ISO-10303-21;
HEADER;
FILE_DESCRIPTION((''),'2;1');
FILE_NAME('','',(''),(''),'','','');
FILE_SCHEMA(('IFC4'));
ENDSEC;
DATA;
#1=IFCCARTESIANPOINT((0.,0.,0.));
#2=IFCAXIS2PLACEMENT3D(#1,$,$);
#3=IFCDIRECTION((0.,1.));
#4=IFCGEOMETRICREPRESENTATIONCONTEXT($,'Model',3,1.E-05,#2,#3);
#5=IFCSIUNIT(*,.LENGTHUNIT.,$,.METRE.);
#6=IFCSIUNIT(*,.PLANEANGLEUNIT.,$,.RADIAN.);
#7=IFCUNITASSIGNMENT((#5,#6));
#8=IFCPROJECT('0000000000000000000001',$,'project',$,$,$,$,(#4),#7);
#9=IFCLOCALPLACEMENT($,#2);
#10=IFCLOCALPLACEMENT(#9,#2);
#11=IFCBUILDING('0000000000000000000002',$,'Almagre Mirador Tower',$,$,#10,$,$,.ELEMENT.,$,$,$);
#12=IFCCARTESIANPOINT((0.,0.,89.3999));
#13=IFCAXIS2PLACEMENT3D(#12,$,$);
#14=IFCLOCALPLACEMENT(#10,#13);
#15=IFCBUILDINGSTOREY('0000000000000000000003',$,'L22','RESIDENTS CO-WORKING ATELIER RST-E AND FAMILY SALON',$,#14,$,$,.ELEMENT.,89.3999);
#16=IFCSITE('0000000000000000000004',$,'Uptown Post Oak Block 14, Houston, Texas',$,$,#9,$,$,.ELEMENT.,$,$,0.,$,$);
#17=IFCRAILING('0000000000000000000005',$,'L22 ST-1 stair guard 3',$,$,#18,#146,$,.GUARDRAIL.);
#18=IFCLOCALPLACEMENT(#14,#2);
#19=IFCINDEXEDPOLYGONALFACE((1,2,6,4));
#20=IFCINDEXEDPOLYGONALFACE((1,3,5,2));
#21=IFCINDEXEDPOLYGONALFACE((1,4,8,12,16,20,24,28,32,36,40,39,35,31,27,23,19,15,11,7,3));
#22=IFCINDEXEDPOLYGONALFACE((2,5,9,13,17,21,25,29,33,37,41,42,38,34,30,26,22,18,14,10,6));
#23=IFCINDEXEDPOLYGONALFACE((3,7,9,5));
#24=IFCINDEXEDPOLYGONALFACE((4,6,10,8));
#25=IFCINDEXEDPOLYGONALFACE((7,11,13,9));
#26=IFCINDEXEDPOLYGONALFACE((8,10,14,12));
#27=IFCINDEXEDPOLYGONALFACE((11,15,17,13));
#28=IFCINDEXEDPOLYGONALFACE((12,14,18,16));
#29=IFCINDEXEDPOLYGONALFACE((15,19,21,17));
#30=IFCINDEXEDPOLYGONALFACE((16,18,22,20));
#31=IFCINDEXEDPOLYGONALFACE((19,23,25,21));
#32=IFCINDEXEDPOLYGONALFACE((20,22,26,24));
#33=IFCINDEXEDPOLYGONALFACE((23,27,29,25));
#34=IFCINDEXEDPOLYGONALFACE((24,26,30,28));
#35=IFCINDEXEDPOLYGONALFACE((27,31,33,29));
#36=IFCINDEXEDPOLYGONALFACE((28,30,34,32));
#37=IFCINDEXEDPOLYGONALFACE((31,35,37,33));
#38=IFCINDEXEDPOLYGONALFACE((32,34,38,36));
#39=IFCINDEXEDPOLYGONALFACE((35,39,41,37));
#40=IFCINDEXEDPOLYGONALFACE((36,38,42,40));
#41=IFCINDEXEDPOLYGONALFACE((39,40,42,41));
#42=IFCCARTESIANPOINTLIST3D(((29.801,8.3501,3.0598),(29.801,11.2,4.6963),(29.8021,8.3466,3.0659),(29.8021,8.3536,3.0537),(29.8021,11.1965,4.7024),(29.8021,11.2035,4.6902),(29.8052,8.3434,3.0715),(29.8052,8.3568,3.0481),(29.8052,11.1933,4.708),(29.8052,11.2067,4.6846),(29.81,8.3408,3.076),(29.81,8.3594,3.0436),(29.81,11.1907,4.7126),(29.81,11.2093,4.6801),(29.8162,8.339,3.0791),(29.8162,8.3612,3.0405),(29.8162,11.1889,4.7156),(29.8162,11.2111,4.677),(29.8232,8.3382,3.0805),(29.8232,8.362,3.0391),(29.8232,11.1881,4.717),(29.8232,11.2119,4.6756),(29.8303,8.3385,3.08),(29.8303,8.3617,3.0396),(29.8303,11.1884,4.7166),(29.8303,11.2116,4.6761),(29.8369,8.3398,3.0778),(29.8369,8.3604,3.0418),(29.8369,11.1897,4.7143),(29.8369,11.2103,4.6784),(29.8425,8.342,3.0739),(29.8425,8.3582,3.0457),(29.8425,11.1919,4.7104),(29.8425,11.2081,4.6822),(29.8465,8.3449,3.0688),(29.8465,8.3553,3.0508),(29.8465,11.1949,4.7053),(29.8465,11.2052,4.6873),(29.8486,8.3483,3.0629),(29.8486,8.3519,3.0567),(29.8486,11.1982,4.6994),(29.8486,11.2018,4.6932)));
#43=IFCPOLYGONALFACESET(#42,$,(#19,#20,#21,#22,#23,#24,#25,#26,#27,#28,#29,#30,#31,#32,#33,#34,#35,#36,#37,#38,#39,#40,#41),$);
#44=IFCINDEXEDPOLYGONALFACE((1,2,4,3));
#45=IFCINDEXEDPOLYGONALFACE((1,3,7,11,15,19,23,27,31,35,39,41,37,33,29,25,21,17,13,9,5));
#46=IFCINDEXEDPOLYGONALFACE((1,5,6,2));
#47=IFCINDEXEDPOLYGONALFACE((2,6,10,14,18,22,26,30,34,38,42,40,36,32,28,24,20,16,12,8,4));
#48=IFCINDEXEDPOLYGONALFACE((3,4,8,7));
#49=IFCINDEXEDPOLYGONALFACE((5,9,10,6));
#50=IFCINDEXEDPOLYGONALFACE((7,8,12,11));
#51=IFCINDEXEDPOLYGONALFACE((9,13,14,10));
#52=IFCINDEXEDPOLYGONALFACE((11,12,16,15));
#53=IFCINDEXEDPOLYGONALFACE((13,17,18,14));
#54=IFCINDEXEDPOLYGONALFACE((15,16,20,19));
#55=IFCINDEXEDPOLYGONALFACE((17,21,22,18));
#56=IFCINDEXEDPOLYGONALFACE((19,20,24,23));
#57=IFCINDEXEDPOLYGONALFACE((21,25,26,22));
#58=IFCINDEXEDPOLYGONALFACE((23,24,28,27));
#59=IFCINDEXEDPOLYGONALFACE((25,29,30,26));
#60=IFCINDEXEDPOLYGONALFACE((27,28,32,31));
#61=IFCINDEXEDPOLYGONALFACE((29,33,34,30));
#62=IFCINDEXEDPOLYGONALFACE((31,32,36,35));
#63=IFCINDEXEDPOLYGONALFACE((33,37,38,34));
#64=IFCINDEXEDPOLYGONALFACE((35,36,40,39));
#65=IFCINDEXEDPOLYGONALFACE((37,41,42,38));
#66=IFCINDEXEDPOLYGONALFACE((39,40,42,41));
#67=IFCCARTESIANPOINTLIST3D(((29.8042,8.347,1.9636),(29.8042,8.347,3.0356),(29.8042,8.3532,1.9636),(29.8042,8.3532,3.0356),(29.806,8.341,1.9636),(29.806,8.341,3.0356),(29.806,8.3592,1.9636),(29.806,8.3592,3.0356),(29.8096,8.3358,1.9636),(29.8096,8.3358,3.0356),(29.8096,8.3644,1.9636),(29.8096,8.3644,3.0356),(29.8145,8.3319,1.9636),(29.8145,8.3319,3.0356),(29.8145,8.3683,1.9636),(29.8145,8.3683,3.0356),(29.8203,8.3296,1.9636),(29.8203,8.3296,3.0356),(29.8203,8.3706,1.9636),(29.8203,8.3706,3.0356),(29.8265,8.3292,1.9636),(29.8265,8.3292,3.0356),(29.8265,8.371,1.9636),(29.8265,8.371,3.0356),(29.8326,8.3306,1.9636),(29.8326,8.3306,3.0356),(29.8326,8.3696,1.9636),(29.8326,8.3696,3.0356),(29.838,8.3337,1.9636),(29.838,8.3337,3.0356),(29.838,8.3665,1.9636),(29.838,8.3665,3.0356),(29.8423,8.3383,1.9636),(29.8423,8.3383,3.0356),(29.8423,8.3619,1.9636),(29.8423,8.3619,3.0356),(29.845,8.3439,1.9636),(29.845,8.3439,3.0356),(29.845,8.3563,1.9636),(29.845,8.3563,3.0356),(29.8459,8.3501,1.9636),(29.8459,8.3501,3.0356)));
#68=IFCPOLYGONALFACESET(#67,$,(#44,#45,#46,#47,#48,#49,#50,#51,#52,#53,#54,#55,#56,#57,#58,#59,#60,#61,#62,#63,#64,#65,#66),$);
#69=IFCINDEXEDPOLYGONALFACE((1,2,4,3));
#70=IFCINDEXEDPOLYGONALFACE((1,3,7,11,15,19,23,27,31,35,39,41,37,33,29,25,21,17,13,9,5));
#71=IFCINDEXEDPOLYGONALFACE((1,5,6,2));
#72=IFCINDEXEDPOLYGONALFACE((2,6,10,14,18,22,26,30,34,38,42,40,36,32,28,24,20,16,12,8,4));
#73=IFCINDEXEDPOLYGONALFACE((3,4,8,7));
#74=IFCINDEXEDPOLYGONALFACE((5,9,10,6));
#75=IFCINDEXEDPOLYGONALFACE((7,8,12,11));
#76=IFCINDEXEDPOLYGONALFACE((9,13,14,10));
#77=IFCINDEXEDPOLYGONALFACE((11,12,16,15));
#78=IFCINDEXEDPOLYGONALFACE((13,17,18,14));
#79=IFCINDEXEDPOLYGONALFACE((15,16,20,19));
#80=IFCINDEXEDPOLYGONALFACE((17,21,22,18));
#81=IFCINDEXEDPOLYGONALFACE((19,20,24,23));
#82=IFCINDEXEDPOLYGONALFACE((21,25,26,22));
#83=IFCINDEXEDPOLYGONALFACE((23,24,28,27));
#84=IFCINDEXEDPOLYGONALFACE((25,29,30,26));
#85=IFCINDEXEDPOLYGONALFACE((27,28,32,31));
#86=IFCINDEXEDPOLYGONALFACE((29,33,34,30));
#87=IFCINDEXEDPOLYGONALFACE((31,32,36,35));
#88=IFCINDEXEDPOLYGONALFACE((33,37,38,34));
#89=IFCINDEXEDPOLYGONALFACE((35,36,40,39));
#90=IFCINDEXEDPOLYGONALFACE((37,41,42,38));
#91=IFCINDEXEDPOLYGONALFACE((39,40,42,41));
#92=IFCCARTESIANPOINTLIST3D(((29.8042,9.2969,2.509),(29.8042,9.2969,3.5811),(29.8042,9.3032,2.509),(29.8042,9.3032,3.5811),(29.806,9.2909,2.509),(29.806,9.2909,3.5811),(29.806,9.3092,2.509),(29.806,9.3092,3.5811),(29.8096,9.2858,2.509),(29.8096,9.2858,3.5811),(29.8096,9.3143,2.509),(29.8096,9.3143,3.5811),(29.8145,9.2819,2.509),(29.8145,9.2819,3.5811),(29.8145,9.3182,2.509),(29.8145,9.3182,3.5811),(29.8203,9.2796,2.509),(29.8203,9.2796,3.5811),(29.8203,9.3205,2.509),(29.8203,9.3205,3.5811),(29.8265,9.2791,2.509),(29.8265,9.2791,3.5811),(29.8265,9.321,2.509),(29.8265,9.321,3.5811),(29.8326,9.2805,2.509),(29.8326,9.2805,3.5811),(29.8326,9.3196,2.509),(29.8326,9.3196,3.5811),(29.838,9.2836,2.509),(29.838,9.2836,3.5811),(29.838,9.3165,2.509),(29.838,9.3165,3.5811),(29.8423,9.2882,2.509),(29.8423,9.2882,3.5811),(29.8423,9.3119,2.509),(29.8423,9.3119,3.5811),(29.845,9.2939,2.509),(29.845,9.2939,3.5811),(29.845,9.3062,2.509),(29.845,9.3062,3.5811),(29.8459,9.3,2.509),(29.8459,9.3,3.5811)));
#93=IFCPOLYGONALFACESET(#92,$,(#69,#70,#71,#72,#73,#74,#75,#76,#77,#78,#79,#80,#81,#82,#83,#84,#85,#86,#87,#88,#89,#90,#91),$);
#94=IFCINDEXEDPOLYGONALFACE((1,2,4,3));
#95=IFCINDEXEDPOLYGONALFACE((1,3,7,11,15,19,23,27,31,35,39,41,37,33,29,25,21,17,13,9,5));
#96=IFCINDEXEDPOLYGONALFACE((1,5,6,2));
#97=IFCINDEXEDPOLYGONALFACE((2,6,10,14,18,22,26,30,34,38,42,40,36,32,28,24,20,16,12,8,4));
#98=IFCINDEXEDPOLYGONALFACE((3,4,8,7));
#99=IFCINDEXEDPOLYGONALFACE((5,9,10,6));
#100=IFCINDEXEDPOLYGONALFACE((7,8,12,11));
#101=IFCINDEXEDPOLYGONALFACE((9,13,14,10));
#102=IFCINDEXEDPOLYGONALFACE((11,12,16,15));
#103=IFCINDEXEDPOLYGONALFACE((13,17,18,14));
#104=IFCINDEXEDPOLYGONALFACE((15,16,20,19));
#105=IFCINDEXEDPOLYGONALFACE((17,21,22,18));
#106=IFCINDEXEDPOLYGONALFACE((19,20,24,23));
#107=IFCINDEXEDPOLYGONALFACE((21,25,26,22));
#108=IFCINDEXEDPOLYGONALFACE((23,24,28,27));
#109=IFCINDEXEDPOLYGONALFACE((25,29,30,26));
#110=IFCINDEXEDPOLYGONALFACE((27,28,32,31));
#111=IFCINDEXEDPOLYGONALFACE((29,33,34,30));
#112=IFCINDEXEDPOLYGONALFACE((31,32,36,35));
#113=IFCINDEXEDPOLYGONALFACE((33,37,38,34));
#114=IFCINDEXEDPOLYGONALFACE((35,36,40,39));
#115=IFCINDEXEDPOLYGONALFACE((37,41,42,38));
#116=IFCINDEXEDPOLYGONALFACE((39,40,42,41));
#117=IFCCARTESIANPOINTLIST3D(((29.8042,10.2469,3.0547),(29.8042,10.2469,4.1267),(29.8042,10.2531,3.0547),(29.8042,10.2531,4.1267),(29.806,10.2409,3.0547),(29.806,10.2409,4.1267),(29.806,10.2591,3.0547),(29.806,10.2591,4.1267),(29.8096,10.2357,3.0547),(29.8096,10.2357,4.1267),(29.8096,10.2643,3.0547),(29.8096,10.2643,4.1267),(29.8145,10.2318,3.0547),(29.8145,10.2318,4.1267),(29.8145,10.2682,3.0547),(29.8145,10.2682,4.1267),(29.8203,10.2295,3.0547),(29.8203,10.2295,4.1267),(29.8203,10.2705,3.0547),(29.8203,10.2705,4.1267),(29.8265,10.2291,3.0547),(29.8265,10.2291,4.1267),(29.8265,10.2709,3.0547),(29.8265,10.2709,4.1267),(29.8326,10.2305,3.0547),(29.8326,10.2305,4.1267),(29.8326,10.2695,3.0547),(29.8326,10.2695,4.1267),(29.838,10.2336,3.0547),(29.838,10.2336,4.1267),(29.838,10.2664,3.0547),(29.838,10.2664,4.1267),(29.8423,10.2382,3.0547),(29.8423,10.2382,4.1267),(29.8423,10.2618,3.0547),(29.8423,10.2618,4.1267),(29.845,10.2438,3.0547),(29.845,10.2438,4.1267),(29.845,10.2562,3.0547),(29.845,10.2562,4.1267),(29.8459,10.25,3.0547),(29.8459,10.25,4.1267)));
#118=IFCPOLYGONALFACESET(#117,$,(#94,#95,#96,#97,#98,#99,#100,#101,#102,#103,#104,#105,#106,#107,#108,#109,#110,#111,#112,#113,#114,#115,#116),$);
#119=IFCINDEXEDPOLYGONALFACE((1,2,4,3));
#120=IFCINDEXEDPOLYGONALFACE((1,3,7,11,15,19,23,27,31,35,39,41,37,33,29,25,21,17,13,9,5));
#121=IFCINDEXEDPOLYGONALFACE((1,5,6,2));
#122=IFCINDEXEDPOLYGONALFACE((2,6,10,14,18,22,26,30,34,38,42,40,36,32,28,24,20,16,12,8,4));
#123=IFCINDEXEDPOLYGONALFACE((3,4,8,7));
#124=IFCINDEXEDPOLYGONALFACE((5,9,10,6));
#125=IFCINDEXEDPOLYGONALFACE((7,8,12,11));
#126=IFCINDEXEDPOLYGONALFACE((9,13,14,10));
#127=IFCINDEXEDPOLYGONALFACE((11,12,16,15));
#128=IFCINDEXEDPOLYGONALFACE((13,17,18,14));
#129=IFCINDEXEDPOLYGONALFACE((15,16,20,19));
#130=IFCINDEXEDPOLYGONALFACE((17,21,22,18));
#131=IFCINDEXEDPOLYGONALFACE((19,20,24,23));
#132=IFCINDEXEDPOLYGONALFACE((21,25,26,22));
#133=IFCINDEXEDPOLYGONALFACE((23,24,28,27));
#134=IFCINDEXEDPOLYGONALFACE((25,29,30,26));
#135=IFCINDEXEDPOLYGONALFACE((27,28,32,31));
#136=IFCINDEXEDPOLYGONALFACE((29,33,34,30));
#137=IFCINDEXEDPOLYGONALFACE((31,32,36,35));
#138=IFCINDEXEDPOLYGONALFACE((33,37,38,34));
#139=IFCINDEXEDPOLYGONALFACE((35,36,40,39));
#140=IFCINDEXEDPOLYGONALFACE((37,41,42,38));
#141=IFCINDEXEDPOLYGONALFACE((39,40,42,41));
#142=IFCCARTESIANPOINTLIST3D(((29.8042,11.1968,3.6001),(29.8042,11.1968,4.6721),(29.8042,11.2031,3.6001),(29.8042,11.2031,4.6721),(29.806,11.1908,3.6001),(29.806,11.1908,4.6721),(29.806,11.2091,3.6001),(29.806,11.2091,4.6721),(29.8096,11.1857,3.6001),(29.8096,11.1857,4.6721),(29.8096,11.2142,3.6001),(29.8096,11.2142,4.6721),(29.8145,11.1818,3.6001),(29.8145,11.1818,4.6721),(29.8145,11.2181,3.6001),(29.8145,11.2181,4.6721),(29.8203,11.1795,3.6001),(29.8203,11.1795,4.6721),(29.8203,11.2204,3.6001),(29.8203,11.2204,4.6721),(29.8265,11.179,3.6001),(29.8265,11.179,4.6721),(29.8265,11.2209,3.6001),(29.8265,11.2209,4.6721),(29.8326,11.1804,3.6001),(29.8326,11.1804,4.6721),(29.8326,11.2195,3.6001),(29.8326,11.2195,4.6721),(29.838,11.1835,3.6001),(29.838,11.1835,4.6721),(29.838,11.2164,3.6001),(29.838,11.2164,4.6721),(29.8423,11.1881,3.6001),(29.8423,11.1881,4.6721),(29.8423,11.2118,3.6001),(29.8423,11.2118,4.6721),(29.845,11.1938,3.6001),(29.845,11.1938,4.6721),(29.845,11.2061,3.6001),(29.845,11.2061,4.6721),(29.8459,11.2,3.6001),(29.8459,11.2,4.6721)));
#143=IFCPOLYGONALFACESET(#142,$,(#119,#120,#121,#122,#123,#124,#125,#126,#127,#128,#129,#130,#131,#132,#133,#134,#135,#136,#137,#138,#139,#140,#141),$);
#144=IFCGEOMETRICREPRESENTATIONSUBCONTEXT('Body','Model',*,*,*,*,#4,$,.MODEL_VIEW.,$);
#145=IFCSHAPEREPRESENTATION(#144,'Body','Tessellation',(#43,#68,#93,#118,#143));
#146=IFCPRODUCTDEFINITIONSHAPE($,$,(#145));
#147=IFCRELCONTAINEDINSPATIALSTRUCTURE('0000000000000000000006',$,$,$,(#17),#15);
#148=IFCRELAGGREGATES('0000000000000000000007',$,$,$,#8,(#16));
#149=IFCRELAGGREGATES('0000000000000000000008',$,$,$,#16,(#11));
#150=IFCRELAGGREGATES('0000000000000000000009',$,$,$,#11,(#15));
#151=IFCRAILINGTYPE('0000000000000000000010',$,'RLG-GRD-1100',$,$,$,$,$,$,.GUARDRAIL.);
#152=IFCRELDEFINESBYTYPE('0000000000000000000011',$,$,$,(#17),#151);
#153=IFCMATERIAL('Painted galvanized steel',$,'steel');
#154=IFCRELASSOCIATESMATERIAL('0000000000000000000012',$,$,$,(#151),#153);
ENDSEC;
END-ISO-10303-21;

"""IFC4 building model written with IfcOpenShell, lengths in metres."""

from ifc_helpers import new_model, si_unit, direction, frame, origin, origin_2d, place, context, subcontext, project, spatial, circle, extrude, material, type_object, element, save


model = new_model("IFC4")

# Units and contexts
model_context = context("Model", 3, precision=1e-05, world=origin(), true_north=direction((0.0, 1.0)))
body_context = subcontext(model_context, "Body", "Model", "MODEL_VIEW")
ifc_project = project(units=[si_unit("LENGTHUNIT", "METRE"), si_unit("PLANEANGLEUNIT", "RADIAN")], contexts=[model_context])

# Site, building, storey
site_placement = place(None, origin())
site = spatial("IfcSite", under=ifc_project, at=site_placement, Name="Uptown Post Oak Block 14, Houston, Texas", CompositionType="ELEMENT", RefElevation=0.0)
building_placement = place(site_placement, origin())
building = spatial("IfcBuilding", under=site, at=building_placement, Name="Almagre Mirador Tower", CompositionType="ELEMENT")
storey_placement = place(building_placement, frame((0.0, 0.0, 89.3999)))
storey = spatial("IfcBuildingStorey", under=building, at=storey_placement, Name="L22", Description="RESIDENTS CO-WORKING ATELIER RST-E AND FAMILY SALON", CompositionType="ELEMENT", Elevation=89.3999)

# Railing
ifc_material_1 = material(Name="Painted galvanized steel", Category="steel")
railing_type_1 = type_object("IfcRailingType", Name="RLG-GRD-1100", PredefinedType="GUARDRAIL", material=ifc_material_1)
railing_1_placement = place(storey_placement, frame((29.825, 8.3501, 1.9636)))
element("IfcRailing", 1, at=railing_1_placement, inside=storey, type_object=railing_type_1, Name="L22 ST-1 stair guard 3", PredefinedType="GUARDRAIL", context=body_context, shape_type="SweptSolid", body=[
    extrude(circle(Radius=0.0239, at=origin_2d()), frame((0.0, 0.0, 1.0962), z_axis=(0.0, 0.867194, 0.49797), x_axis=(-1.0, 0.0, 0.0)), (0.0, 0.0, 1.0), 3.2864),
    extrude(circle(Radius=0.021, at=origin_2d()), origin(), (0.0, 0.0, 1.0), 1.072),
    extrude(circle(Radius=0.021, at=origin_2d()), frame((0.0, 0.95, 0.5454)), (0.0, 0.0, 1.0), 1.072),
    extrude(circle(Radius=0.021, at=origin_2d()), frame((0.0, 1.8999, 1.0911)), (0.0, 0.0, 1.0), 1.072),
    extrude(circle(Radius=0.021, at=origin_2d()), frame((0.0, 2.8499, 1.6365)), (0.0, 0.0, 1.0), 1.072),
])

save(model, "model.ifc")
